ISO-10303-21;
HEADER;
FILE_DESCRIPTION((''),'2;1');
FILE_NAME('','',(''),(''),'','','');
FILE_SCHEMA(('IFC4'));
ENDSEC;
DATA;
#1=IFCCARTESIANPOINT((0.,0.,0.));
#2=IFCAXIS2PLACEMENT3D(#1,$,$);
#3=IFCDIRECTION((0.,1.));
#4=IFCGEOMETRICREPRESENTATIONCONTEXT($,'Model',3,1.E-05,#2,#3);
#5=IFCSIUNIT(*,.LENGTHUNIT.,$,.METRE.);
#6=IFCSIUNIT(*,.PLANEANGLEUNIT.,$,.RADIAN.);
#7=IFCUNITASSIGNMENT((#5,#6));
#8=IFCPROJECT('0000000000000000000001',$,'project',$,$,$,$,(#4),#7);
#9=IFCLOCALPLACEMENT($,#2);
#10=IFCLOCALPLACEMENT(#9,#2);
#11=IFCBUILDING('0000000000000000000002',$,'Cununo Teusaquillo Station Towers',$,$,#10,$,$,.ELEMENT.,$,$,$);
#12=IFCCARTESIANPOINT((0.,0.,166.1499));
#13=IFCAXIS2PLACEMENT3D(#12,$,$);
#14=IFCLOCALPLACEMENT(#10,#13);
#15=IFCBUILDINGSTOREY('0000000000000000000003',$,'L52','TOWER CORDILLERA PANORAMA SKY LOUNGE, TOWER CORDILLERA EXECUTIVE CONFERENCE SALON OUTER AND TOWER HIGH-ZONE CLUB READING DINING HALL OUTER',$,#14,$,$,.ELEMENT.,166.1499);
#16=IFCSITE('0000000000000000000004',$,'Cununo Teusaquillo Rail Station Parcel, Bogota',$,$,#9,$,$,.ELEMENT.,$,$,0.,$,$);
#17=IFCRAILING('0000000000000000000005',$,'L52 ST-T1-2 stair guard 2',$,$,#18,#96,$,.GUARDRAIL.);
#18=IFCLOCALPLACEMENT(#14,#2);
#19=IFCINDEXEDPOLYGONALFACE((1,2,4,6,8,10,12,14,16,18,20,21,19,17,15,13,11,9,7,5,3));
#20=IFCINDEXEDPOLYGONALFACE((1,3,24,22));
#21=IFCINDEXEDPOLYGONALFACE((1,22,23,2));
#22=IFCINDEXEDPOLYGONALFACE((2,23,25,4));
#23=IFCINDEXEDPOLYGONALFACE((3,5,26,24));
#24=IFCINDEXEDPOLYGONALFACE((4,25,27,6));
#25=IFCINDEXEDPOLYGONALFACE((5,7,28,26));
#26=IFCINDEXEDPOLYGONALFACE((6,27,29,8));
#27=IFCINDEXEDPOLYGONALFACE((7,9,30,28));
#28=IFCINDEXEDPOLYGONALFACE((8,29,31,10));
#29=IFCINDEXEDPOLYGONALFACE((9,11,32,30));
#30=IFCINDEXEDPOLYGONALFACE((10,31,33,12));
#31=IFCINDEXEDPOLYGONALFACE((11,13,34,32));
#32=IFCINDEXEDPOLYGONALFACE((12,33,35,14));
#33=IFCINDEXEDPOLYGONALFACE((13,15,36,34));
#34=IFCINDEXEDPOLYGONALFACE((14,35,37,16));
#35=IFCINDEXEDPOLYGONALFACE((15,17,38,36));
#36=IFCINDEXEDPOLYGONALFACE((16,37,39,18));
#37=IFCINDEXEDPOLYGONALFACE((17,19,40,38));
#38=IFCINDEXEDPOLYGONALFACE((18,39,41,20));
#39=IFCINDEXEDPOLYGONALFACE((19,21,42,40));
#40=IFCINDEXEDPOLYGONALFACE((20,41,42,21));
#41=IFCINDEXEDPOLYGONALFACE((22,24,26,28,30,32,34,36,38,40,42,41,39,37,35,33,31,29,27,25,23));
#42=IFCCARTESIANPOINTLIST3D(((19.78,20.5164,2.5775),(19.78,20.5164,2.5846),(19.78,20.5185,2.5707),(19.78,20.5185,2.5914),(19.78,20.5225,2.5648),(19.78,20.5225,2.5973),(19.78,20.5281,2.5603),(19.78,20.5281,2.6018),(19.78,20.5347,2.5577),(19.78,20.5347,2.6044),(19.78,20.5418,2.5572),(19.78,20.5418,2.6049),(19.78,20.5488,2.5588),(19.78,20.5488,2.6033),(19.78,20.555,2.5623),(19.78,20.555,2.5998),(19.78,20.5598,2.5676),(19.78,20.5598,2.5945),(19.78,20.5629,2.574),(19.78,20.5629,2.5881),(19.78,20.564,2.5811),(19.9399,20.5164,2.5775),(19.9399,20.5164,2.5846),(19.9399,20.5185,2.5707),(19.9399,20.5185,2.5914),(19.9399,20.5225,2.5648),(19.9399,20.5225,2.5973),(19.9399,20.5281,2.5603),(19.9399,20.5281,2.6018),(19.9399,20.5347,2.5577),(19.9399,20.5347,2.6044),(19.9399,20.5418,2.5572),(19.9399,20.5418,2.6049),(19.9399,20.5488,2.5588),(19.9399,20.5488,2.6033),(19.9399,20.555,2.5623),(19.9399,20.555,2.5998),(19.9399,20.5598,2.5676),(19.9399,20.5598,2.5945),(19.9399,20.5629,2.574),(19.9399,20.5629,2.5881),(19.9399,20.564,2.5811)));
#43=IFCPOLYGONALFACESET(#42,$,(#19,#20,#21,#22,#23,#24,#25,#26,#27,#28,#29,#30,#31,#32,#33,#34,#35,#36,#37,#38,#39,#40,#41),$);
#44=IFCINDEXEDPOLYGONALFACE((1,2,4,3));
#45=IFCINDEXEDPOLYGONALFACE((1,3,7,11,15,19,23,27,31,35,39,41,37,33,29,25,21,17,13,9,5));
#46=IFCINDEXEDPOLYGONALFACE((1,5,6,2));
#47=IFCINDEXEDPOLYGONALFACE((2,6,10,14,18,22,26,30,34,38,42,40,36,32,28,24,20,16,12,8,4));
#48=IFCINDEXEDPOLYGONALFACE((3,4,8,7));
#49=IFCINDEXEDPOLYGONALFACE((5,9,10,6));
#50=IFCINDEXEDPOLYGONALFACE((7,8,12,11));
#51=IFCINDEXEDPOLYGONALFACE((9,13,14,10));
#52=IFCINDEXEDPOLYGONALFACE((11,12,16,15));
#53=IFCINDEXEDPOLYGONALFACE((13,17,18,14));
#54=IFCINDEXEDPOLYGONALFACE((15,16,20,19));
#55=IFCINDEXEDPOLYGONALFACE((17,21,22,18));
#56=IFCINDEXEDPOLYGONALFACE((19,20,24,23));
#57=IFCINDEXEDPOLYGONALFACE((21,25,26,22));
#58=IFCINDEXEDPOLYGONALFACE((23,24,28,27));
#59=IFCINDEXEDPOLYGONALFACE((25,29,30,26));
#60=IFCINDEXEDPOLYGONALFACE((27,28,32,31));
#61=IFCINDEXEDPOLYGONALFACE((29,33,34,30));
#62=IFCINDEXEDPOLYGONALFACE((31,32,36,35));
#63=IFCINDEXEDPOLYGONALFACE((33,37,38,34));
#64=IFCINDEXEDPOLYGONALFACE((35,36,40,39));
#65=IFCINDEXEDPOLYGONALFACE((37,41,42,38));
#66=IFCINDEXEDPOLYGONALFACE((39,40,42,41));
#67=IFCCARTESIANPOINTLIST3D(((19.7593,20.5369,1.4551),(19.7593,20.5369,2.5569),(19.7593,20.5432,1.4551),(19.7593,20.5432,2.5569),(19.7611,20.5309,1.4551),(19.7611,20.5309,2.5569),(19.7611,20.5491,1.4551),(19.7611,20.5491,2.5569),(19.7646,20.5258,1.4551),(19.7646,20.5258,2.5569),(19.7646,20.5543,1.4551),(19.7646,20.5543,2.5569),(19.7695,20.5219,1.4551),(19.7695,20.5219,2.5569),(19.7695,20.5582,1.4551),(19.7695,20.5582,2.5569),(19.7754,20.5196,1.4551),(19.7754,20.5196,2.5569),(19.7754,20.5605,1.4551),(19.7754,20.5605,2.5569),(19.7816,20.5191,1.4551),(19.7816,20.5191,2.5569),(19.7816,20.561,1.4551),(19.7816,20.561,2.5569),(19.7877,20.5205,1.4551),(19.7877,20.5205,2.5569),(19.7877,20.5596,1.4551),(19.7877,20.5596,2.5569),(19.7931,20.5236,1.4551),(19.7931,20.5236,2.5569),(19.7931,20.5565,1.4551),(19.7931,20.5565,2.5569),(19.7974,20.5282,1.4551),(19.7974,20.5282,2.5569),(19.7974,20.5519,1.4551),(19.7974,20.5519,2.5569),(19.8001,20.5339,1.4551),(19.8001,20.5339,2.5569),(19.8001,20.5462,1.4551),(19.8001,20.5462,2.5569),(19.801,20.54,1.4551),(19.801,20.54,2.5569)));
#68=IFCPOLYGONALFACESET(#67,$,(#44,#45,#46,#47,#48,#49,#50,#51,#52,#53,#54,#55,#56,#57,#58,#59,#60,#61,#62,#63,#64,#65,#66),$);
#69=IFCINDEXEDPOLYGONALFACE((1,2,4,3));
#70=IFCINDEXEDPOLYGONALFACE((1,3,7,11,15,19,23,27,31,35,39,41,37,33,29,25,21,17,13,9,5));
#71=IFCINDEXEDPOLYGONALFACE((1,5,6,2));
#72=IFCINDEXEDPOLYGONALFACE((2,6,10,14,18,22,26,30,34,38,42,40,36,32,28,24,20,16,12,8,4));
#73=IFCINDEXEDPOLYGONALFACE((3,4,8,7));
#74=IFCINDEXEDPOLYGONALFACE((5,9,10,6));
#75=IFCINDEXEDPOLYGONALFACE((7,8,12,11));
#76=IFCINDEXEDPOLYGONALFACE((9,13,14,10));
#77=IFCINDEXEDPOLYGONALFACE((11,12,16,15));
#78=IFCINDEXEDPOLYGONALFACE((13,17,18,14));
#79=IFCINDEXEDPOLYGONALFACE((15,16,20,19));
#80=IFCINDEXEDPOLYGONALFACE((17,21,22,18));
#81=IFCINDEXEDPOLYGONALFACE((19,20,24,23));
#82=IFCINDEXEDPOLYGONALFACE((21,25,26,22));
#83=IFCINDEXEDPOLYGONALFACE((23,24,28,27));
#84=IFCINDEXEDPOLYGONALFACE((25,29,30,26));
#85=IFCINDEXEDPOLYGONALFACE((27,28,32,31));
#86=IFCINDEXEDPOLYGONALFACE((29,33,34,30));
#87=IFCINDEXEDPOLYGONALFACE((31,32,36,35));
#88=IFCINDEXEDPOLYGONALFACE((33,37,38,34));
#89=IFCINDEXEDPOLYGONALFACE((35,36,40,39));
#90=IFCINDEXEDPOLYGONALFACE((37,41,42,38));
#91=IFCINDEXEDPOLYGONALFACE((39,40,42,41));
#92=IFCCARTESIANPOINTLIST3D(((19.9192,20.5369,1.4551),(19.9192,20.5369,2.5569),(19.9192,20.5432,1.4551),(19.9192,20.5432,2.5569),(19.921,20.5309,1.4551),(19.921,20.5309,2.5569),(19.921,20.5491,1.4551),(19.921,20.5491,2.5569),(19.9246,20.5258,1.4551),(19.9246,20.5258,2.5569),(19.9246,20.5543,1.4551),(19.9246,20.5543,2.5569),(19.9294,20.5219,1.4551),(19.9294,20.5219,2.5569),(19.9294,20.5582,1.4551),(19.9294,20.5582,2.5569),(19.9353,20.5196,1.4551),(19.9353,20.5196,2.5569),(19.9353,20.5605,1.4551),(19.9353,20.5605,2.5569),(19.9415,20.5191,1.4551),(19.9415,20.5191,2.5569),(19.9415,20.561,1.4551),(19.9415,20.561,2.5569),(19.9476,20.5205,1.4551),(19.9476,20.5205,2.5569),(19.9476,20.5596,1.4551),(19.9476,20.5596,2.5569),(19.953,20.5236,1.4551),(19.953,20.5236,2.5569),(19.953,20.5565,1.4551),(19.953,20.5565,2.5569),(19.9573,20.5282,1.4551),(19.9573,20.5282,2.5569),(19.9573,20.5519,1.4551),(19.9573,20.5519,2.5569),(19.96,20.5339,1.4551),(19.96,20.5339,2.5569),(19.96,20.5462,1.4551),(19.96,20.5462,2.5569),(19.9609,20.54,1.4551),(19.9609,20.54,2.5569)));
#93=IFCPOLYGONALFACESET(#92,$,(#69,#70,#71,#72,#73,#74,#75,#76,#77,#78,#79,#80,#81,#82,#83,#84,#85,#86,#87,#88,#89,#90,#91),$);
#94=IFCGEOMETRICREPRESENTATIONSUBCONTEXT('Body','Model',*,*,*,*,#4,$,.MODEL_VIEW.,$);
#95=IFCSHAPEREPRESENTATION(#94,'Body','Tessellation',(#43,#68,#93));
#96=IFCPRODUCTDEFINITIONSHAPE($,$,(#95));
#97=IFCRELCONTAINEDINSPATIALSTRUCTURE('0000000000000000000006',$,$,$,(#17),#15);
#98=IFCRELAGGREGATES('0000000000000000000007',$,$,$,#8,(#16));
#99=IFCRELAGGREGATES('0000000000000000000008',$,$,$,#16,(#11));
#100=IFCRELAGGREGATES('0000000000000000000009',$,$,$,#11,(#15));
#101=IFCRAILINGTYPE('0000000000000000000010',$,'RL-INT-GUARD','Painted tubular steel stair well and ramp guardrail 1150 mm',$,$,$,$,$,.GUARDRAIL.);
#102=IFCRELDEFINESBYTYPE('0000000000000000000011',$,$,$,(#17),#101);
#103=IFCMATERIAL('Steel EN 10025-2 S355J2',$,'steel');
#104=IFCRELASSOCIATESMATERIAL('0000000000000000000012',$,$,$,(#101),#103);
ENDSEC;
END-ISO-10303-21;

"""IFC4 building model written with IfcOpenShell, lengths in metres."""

from ifc_helpers import new_model, si_unit, direction, frame, origin, origin_2d, place, context, subcontext, project, spatial, circle, extrude, material, type_object, element, save


model = new_model("IFC4")

# Units and contexts
model_context = context("Model", 3, precision=1e-05, world=origin(), true_north=direction((0.0, 1.0)))
body_context = subcontext(model_context, "Body", "Model", "MODEL_VIEW")
ifc_project = project(units=[si_unit("LENGTHUNIT", "METRE"), si_unit("PLANEANGLEUNIT", "RADIAN")], contexts=[model_context])

# Site, building, storey
site_placement = place(None, origin())
site = spatial("IfcSite", under=ifc_project, at=site_placement, Name="Cununo Teusaquillo Rail Station Parcel, Bogota", CompositionType="ELEMENT", RefElevation=0.0)
building_placement = place(site_placement, origin())
building = spatial("IfcBuilding", under=site, at=building_placement, Name="Cununo Teusaquillo Station Towers", CompositionType="ELEMENT")
storey_placement = place(building_placement, frame((0.0, 0.0, 166.1499)))
storey = spatial("IfcBuildingStorey", under=building, at=storey_placement, Name="L52", Description="TOWER CORDILLERA PANORAMA SKY LOUNGE, TOWER CORDILLERA EXECUTIVE CONFERENCE SALON OUTER AND TOWER HIGH-ZONE CLUB READING DINING HALL OUTER", CompositionType="ELEMENT", Elevation=166.1499)

# Railing
ifc_material_1 = material(Name="Steel EN 10025-2 S355J2", Category="steel")
railing_type_1 = type_object("IfcRailingType", Name="RL-INT-GUARD", Description="Painted tubular steel stair well and ramp guardrail 1150 mm", PredefinedType="GUARDRAIL", material=ifc_material_1)
railing_1_placement = place(storey_placement, frame((19.78, 20.54, 1.4551)))
element("IfcRailing", 1, at=railing_1_placement, inside=storey, type_object=railing_type_1, Name="L52 ST-T1-2 stair guard 2", PredefinedType="GUARDRAIL", context=body_context, shape_type="SweptSolid", body=[
    extrude(circle(Radius=0.0239, at=origin_2d()), frame((0.0, 0.0, 1.126), z_axis=(1.0, 0.0, 0.0), x_axis=(0.0, 1.0, 0.0)), (0.0, 0.0, 1.0), 0.1599),
    extrude(circle(Radius=0.021, at=origin_2d()), origin(), (0.0, 0.0, 1.0), 1.1018),
    extrude(circle(Radius=0.021, at=origin_2d()), frame((0.1599, 0.0, 0.0)), (0.0, 0.0, 1.0), 1.1018),
])

save(model, "model.ifc")
